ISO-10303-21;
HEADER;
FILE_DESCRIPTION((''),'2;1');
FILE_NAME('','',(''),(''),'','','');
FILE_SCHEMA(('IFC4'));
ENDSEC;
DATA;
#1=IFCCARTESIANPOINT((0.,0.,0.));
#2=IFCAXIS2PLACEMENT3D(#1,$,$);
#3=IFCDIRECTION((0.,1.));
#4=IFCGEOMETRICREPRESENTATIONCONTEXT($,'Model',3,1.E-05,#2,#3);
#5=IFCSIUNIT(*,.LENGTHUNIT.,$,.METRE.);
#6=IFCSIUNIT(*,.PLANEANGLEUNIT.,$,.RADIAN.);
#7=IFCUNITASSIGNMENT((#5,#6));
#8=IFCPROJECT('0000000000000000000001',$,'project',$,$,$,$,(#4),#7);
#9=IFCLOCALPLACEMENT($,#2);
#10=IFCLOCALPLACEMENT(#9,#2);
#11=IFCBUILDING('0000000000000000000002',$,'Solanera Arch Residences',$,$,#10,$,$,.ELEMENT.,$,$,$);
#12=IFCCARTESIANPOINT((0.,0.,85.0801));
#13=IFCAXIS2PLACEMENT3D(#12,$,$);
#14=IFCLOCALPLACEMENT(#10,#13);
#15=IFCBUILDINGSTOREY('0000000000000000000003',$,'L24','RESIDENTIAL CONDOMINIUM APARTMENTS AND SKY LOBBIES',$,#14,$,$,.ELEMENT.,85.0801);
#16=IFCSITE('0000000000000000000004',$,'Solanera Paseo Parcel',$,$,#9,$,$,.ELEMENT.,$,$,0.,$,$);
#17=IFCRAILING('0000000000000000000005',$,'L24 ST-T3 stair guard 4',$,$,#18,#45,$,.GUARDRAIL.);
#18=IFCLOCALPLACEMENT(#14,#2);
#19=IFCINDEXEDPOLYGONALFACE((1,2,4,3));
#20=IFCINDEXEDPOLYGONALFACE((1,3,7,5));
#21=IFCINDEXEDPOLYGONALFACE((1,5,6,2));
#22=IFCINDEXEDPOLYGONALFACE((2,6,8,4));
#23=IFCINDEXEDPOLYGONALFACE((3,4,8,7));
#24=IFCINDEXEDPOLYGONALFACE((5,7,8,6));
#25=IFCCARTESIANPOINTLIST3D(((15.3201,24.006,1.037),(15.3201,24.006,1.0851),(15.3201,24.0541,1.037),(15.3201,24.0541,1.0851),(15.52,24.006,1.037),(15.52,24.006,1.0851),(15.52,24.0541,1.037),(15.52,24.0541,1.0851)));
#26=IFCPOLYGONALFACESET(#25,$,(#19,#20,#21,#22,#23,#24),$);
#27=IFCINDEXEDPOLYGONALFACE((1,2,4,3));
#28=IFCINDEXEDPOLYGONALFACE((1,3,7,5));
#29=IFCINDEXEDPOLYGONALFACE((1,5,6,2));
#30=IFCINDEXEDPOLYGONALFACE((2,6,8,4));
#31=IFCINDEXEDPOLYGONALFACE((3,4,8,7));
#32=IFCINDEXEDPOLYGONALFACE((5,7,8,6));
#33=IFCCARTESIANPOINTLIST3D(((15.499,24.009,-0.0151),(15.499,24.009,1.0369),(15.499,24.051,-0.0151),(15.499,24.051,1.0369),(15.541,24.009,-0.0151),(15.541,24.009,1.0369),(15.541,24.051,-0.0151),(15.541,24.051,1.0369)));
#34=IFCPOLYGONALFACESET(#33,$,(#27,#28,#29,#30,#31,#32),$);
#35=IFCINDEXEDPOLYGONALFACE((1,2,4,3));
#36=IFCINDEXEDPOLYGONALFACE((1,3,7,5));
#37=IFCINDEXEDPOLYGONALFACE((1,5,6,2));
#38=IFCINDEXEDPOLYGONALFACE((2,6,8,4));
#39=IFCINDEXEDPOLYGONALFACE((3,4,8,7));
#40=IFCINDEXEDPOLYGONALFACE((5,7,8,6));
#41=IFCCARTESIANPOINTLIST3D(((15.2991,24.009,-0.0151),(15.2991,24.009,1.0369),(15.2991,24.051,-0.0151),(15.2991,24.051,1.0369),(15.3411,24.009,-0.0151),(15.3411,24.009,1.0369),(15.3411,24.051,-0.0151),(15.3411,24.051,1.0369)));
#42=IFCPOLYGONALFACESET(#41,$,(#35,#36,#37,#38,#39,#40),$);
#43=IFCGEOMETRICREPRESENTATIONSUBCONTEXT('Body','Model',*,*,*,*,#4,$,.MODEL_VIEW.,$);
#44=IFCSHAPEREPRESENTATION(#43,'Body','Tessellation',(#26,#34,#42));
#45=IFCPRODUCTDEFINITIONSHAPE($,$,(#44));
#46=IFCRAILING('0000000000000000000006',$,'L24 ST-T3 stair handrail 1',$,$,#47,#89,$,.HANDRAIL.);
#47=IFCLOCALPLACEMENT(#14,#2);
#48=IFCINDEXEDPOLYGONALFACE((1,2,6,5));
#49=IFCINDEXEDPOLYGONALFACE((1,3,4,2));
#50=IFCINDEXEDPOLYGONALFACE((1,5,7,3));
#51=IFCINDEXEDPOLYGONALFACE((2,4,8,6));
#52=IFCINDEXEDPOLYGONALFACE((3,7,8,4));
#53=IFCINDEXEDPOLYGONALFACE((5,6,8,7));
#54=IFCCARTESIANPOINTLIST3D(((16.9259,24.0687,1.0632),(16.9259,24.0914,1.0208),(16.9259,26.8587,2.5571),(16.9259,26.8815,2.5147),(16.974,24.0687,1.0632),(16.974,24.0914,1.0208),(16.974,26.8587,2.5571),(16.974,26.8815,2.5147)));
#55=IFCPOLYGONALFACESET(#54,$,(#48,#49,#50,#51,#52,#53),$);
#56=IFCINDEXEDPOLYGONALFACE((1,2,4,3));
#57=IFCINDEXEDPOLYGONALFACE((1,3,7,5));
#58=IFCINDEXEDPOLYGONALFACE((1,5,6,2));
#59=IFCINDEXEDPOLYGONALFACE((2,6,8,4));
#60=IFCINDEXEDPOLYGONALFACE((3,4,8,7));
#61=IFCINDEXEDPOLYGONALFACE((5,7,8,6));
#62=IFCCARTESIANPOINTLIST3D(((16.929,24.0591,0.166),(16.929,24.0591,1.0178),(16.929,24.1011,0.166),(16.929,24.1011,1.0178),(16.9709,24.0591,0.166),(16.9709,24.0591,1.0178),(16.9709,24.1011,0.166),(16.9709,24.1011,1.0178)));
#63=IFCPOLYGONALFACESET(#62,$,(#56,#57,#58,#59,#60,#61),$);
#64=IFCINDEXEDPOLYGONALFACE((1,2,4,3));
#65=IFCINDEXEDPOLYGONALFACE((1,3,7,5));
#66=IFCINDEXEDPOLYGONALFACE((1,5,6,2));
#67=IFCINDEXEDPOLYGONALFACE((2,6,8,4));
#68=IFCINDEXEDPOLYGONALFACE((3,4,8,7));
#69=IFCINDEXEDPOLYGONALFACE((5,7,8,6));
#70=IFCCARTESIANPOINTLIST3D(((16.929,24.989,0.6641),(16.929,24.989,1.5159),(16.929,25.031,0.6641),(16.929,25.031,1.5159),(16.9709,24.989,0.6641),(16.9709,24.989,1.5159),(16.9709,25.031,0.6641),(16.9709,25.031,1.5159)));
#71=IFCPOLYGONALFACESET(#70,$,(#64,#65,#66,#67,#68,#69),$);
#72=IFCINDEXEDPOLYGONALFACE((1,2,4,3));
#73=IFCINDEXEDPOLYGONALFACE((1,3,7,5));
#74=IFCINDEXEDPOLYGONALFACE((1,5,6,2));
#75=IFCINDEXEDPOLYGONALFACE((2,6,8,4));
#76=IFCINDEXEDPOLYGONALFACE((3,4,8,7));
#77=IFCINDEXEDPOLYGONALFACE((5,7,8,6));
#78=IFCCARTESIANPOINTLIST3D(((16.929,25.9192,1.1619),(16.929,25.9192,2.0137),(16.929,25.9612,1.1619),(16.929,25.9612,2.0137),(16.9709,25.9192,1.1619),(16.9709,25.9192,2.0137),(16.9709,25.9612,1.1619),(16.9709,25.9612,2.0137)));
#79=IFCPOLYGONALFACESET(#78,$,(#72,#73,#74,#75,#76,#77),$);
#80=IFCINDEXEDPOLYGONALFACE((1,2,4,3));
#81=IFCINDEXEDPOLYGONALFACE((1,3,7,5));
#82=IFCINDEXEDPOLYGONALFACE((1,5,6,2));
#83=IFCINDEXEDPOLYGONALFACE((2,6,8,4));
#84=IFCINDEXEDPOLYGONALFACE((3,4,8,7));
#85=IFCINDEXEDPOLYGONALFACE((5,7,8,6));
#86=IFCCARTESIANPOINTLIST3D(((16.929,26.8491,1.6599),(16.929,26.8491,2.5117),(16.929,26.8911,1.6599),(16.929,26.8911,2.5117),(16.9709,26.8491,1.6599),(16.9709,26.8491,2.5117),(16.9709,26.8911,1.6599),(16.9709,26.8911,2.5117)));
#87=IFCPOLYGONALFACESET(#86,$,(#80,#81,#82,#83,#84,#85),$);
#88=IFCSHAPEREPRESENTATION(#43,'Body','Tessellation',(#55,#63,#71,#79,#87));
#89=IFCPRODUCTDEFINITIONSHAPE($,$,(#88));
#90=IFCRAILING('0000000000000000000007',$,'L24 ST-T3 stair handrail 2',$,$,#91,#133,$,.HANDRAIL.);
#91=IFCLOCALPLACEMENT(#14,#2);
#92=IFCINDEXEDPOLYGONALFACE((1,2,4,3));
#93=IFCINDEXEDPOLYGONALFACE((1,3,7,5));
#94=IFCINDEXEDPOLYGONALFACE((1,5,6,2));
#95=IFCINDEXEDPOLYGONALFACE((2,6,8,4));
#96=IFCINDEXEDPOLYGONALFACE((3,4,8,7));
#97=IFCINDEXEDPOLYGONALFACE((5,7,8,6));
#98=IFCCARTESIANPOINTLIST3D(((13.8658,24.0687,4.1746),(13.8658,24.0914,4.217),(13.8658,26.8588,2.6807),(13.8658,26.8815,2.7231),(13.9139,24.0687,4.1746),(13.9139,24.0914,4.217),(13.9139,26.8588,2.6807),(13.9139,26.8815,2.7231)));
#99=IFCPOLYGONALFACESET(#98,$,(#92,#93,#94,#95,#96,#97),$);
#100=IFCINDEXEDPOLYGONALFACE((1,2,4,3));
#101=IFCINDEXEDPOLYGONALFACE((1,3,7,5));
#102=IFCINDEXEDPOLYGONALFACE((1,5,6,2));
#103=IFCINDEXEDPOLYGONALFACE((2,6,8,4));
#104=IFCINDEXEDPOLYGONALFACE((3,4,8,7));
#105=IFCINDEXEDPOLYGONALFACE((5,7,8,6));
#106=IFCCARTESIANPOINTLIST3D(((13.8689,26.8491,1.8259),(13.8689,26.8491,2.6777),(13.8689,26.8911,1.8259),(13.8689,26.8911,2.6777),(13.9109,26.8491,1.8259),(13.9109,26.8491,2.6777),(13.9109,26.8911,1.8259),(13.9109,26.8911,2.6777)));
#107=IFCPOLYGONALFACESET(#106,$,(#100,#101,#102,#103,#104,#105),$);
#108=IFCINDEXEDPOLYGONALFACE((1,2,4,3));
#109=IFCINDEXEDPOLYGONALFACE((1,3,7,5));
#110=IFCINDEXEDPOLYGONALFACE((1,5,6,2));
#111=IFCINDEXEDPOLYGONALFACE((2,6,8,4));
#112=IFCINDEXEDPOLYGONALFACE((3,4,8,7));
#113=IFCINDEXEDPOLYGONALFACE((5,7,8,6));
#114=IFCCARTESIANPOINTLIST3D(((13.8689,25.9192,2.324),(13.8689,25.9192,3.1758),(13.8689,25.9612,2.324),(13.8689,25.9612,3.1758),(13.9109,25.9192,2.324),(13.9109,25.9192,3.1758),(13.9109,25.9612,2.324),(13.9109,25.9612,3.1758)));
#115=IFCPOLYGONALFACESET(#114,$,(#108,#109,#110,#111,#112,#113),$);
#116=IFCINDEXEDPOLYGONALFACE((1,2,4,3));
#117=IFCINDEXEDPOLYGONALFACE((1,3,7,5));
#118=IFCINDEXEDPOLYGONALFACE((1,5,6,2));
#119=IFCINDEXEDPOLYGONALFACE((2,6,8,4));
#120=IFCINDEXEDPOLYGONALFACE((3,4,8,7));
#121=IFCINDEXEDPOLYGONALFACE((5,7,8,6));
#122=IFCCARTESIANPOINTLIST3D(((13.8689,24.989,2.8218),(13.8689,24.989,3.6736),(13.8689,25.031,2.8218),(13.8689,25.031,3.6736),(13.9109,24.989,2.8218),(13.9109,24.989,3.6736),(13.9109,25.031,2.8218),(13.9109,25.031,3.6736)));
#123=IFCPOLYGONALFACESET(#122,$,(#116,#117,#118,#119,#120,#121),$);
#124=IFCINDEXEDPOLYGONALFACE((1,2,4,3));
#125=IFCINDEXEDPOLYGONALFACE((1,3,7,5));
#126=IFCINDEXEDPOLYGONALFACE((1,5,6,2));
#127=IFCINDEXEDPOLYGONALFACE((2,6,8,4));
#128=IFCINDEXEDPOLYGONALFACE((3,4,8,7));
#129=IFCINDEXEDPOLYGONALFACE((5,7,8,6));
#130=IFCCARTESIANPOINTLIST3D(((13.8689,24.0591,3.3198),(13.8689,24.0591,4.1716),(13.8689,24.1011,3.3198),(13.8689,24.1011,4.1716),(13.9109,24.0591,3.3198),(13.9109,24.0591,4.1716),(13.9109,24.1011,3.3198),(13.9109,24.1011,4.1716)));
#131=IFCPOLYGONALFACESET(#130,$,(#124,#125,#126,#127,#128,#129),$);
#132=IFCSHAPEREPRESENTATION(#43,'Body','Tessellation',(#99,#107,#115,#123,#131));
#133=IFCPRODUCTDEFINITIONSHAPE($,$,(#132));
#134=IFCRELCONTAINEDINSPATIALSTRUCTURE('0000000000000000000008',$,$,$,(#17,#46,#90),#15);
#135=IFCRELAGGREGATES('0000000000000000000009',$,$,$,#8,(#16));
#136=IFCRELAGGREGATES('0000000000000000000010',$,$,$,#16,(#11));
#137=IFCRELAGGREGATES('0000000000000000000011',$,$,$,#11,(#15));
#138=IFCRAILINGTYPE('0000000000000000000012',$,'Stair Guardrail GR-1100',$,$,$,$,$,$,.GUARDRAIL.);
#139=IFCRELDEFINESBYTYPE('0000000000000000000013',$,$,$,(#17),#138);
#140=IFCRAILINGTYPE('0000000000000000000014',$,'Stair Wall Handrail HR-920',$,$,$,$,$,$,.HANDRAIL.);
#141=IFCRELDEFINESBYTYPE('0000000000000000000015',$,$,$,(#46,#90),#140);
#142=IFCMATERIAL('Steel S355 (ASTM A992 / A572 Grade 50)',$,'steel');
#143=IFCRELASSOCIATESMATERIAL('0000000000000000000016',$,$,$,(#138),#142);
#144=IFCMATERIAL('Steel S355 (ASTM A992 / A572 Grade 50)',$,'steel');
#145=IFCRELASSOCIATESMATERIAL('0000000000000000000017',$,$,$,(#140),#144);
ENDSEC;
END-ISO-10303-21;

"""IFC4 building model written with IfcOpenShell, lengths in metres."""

from ifc_helpers import new_model, si_unit, direction, frame, origin, origin_2d, place, context, subcontext, project, spatial, rectangle, extrude, material, type_object, element, save


model = new_model("IFC4")

# Units and contexts
model_context = context("Model", 3, precision=1e-05, world=origin(), true_north=direction((0.0, 1.0)))
body_context = subcontext(model_context, "Body", "Model", "MODEL_VIEW")
ifc_project = project(units=[si_unit("LENGTHUNIT", "METRE"), si_unit("PLANEANGLEUNIT", "RADIAN")], contexts=[model_context])

# Site, building, storey
site_placement = place(None, origin())
site = spatial("IfcSite", under=ifc_project, at=site_placement, Name="Solanera Paseo Parcel", CompositionType="ELEMENT", RefElevation=0.0)
building_placement = place(site_placement, origin())
building = spatial("IfcBuilding", under=site, at=building_placement, Name="Solanera Arch Residences", CompositionType="ELEMENT")
storey_placement = place(building_placement, frame((0.0, 0.0, 85.0801)))
storey = spatial("IfcBuildingStorey", under=building, at=storey_placement, Name="L24", Description="RESIDENTIAL CONDOMINIUM APARTMENTS AND SKY LOBBIES", CompositionType="ELEMENT", Elevation=85.0801)

# Railings
ifc_material_1 = material(Name="Steel S355 (ASTM A992 / A572 Grade 50)", Category="steel")
railing_type_1 = type_object("IfcRailingType", Name="Stair Guardrail GR-1100", PredefinedType="GUARDRAIL", material=ifc_material_1)
railing_1_placement = place(storey_placement, frame((15.52, 24.03, -0.0151)))
element("IfcRailing", 1, at=railing_1_placement, inside=storey, type_object=railing_type_1, Name="L24 ST-T3 stair guard 4", PredefinedType="GUARDRAIL", context=body_context, shape_type="SweptSolid", body=[
    extrude(rectangle(XDim=0.0481, YDim=0.0481, at=origin_2d()), frame((0.0, 0.0, 1.0762), z_axis=(-1.0, 0.0, 0.0), x_axis=(0.0, -1.0, 0.0)), (0.0, 0.0, 1.0), 0.2),
    extrude(rectangle(XDim=0.042, YDim=0.042, at=origin_2d()), origin(), (0.0, 0.0, 1.0), 1.052),
    extrude(rectangle(XDim=0.042, YDim=0.042, at=origin_2d()), frame((-0.2, 0.0, 0.0)), (0.0, 0.0, 1.0), 1.052),
])
ifc_material_2 = material(Name="Steel S355 (ASTM A992 / A572 Grade 50)", Category="steel")
railing_type_2 = type_object("IfcRailingType", Name="Stair Wall Handrail HR-920", PredefinedType="HANDRAIL", material=ifc_material_2)
railing_2_placement = place(storey_placement, frame((16.95, 24.0801, 0.166)))
element("IfcRailing", 2, at=railing_2_placement, inside=storey, type_object=railing_type_2, Name="L24 ST-T3 stair handrail 1", PredefinedType="HANDRAIL", context=body_context, shape_type="SweptSolid", body=[
    extrude(rectangle(XDim=0.0481, YDim=0.0481, at=origin_2d()), frame((0.0, 0.0, 0.876), z_axis=(0.0, 0.881581, 0.472033), x_axis=(-1.0, 0.0, 0.0)), (0.0, 0.0, 1.0), 3.1648),
    extrude(rectangle(XDim=0.042, YDim=0.042, at=origin_2d()), origin(), (0.0, 0.0, 1.0), 0.8518),
    extrude(rectangle(XDim=0.042, YDim=0.042, at=origin_2d()), frame((0.0, 0.9299, 0.498)), (0.0, 0.0, 1.0), 0.8518),
    extrude(rectangle(XDim=0.042, YDim=0.042, at=origin_2d()), frame((0.0, 1.8601, 0.9958)), (0.0, 0.0, 1.0), 0.8518),
    extrude(rectangle(XDim=0.042, YDim=0.042, at=origin_2d()), frame((0.0, 2.79, 1.4939)), (0.0, 0.0, 1.0), 0.8518),
])
railing_3_placement = place(storey_placement, frame((13.8899, 26.8701, 1.8259)))
element("IfcRailing", 3, at=railing_3_placement, inside=storey, type_object=railing_type_2, Name="L24 ST-T3 stair handrail 2", PredefinedType="HANDRAIL", context=body_context, shape_type="SweptSolid", body=[
    extrude(rectangle(XDim=0.0481, YDim=0.0481, at=origin_2d()), frame((0.0, 0.0, 0.876), z_axis=(0.0, -0.881581, 0.472033), x_axis=(1.0, 0.0, 0.0)), (0.0, 0.0, 1.0), 3.1648),
    extrude(rectangle(XDim=0.042, YDim=0.042, at=origin_2d()), origin(), (0.0, 0.0, 1.0), 0.8518),
    extrude(rectangle(XDim=0.042, YDim=0.042, at=origin_2d()), frame((0.0, -0.9299, 0.498)), (0.0, 0.0, 1.0), 0.8518),
    extrude(rectangle(XDim=0.042, YDim=0.042, at=origin_2d()), frame((0.0, -1.8601, 0.9958)), (0.0, 0.0, 1.0), 0.8518),
    extrude(rectangle(XDim=0.042, YDim=0.042, at=origin_2d()), frame((0.0, -2.79, 1.4939)), (0.0, 0.0, 1.0), 0.8518),
])

save(model, "model.ifc")
